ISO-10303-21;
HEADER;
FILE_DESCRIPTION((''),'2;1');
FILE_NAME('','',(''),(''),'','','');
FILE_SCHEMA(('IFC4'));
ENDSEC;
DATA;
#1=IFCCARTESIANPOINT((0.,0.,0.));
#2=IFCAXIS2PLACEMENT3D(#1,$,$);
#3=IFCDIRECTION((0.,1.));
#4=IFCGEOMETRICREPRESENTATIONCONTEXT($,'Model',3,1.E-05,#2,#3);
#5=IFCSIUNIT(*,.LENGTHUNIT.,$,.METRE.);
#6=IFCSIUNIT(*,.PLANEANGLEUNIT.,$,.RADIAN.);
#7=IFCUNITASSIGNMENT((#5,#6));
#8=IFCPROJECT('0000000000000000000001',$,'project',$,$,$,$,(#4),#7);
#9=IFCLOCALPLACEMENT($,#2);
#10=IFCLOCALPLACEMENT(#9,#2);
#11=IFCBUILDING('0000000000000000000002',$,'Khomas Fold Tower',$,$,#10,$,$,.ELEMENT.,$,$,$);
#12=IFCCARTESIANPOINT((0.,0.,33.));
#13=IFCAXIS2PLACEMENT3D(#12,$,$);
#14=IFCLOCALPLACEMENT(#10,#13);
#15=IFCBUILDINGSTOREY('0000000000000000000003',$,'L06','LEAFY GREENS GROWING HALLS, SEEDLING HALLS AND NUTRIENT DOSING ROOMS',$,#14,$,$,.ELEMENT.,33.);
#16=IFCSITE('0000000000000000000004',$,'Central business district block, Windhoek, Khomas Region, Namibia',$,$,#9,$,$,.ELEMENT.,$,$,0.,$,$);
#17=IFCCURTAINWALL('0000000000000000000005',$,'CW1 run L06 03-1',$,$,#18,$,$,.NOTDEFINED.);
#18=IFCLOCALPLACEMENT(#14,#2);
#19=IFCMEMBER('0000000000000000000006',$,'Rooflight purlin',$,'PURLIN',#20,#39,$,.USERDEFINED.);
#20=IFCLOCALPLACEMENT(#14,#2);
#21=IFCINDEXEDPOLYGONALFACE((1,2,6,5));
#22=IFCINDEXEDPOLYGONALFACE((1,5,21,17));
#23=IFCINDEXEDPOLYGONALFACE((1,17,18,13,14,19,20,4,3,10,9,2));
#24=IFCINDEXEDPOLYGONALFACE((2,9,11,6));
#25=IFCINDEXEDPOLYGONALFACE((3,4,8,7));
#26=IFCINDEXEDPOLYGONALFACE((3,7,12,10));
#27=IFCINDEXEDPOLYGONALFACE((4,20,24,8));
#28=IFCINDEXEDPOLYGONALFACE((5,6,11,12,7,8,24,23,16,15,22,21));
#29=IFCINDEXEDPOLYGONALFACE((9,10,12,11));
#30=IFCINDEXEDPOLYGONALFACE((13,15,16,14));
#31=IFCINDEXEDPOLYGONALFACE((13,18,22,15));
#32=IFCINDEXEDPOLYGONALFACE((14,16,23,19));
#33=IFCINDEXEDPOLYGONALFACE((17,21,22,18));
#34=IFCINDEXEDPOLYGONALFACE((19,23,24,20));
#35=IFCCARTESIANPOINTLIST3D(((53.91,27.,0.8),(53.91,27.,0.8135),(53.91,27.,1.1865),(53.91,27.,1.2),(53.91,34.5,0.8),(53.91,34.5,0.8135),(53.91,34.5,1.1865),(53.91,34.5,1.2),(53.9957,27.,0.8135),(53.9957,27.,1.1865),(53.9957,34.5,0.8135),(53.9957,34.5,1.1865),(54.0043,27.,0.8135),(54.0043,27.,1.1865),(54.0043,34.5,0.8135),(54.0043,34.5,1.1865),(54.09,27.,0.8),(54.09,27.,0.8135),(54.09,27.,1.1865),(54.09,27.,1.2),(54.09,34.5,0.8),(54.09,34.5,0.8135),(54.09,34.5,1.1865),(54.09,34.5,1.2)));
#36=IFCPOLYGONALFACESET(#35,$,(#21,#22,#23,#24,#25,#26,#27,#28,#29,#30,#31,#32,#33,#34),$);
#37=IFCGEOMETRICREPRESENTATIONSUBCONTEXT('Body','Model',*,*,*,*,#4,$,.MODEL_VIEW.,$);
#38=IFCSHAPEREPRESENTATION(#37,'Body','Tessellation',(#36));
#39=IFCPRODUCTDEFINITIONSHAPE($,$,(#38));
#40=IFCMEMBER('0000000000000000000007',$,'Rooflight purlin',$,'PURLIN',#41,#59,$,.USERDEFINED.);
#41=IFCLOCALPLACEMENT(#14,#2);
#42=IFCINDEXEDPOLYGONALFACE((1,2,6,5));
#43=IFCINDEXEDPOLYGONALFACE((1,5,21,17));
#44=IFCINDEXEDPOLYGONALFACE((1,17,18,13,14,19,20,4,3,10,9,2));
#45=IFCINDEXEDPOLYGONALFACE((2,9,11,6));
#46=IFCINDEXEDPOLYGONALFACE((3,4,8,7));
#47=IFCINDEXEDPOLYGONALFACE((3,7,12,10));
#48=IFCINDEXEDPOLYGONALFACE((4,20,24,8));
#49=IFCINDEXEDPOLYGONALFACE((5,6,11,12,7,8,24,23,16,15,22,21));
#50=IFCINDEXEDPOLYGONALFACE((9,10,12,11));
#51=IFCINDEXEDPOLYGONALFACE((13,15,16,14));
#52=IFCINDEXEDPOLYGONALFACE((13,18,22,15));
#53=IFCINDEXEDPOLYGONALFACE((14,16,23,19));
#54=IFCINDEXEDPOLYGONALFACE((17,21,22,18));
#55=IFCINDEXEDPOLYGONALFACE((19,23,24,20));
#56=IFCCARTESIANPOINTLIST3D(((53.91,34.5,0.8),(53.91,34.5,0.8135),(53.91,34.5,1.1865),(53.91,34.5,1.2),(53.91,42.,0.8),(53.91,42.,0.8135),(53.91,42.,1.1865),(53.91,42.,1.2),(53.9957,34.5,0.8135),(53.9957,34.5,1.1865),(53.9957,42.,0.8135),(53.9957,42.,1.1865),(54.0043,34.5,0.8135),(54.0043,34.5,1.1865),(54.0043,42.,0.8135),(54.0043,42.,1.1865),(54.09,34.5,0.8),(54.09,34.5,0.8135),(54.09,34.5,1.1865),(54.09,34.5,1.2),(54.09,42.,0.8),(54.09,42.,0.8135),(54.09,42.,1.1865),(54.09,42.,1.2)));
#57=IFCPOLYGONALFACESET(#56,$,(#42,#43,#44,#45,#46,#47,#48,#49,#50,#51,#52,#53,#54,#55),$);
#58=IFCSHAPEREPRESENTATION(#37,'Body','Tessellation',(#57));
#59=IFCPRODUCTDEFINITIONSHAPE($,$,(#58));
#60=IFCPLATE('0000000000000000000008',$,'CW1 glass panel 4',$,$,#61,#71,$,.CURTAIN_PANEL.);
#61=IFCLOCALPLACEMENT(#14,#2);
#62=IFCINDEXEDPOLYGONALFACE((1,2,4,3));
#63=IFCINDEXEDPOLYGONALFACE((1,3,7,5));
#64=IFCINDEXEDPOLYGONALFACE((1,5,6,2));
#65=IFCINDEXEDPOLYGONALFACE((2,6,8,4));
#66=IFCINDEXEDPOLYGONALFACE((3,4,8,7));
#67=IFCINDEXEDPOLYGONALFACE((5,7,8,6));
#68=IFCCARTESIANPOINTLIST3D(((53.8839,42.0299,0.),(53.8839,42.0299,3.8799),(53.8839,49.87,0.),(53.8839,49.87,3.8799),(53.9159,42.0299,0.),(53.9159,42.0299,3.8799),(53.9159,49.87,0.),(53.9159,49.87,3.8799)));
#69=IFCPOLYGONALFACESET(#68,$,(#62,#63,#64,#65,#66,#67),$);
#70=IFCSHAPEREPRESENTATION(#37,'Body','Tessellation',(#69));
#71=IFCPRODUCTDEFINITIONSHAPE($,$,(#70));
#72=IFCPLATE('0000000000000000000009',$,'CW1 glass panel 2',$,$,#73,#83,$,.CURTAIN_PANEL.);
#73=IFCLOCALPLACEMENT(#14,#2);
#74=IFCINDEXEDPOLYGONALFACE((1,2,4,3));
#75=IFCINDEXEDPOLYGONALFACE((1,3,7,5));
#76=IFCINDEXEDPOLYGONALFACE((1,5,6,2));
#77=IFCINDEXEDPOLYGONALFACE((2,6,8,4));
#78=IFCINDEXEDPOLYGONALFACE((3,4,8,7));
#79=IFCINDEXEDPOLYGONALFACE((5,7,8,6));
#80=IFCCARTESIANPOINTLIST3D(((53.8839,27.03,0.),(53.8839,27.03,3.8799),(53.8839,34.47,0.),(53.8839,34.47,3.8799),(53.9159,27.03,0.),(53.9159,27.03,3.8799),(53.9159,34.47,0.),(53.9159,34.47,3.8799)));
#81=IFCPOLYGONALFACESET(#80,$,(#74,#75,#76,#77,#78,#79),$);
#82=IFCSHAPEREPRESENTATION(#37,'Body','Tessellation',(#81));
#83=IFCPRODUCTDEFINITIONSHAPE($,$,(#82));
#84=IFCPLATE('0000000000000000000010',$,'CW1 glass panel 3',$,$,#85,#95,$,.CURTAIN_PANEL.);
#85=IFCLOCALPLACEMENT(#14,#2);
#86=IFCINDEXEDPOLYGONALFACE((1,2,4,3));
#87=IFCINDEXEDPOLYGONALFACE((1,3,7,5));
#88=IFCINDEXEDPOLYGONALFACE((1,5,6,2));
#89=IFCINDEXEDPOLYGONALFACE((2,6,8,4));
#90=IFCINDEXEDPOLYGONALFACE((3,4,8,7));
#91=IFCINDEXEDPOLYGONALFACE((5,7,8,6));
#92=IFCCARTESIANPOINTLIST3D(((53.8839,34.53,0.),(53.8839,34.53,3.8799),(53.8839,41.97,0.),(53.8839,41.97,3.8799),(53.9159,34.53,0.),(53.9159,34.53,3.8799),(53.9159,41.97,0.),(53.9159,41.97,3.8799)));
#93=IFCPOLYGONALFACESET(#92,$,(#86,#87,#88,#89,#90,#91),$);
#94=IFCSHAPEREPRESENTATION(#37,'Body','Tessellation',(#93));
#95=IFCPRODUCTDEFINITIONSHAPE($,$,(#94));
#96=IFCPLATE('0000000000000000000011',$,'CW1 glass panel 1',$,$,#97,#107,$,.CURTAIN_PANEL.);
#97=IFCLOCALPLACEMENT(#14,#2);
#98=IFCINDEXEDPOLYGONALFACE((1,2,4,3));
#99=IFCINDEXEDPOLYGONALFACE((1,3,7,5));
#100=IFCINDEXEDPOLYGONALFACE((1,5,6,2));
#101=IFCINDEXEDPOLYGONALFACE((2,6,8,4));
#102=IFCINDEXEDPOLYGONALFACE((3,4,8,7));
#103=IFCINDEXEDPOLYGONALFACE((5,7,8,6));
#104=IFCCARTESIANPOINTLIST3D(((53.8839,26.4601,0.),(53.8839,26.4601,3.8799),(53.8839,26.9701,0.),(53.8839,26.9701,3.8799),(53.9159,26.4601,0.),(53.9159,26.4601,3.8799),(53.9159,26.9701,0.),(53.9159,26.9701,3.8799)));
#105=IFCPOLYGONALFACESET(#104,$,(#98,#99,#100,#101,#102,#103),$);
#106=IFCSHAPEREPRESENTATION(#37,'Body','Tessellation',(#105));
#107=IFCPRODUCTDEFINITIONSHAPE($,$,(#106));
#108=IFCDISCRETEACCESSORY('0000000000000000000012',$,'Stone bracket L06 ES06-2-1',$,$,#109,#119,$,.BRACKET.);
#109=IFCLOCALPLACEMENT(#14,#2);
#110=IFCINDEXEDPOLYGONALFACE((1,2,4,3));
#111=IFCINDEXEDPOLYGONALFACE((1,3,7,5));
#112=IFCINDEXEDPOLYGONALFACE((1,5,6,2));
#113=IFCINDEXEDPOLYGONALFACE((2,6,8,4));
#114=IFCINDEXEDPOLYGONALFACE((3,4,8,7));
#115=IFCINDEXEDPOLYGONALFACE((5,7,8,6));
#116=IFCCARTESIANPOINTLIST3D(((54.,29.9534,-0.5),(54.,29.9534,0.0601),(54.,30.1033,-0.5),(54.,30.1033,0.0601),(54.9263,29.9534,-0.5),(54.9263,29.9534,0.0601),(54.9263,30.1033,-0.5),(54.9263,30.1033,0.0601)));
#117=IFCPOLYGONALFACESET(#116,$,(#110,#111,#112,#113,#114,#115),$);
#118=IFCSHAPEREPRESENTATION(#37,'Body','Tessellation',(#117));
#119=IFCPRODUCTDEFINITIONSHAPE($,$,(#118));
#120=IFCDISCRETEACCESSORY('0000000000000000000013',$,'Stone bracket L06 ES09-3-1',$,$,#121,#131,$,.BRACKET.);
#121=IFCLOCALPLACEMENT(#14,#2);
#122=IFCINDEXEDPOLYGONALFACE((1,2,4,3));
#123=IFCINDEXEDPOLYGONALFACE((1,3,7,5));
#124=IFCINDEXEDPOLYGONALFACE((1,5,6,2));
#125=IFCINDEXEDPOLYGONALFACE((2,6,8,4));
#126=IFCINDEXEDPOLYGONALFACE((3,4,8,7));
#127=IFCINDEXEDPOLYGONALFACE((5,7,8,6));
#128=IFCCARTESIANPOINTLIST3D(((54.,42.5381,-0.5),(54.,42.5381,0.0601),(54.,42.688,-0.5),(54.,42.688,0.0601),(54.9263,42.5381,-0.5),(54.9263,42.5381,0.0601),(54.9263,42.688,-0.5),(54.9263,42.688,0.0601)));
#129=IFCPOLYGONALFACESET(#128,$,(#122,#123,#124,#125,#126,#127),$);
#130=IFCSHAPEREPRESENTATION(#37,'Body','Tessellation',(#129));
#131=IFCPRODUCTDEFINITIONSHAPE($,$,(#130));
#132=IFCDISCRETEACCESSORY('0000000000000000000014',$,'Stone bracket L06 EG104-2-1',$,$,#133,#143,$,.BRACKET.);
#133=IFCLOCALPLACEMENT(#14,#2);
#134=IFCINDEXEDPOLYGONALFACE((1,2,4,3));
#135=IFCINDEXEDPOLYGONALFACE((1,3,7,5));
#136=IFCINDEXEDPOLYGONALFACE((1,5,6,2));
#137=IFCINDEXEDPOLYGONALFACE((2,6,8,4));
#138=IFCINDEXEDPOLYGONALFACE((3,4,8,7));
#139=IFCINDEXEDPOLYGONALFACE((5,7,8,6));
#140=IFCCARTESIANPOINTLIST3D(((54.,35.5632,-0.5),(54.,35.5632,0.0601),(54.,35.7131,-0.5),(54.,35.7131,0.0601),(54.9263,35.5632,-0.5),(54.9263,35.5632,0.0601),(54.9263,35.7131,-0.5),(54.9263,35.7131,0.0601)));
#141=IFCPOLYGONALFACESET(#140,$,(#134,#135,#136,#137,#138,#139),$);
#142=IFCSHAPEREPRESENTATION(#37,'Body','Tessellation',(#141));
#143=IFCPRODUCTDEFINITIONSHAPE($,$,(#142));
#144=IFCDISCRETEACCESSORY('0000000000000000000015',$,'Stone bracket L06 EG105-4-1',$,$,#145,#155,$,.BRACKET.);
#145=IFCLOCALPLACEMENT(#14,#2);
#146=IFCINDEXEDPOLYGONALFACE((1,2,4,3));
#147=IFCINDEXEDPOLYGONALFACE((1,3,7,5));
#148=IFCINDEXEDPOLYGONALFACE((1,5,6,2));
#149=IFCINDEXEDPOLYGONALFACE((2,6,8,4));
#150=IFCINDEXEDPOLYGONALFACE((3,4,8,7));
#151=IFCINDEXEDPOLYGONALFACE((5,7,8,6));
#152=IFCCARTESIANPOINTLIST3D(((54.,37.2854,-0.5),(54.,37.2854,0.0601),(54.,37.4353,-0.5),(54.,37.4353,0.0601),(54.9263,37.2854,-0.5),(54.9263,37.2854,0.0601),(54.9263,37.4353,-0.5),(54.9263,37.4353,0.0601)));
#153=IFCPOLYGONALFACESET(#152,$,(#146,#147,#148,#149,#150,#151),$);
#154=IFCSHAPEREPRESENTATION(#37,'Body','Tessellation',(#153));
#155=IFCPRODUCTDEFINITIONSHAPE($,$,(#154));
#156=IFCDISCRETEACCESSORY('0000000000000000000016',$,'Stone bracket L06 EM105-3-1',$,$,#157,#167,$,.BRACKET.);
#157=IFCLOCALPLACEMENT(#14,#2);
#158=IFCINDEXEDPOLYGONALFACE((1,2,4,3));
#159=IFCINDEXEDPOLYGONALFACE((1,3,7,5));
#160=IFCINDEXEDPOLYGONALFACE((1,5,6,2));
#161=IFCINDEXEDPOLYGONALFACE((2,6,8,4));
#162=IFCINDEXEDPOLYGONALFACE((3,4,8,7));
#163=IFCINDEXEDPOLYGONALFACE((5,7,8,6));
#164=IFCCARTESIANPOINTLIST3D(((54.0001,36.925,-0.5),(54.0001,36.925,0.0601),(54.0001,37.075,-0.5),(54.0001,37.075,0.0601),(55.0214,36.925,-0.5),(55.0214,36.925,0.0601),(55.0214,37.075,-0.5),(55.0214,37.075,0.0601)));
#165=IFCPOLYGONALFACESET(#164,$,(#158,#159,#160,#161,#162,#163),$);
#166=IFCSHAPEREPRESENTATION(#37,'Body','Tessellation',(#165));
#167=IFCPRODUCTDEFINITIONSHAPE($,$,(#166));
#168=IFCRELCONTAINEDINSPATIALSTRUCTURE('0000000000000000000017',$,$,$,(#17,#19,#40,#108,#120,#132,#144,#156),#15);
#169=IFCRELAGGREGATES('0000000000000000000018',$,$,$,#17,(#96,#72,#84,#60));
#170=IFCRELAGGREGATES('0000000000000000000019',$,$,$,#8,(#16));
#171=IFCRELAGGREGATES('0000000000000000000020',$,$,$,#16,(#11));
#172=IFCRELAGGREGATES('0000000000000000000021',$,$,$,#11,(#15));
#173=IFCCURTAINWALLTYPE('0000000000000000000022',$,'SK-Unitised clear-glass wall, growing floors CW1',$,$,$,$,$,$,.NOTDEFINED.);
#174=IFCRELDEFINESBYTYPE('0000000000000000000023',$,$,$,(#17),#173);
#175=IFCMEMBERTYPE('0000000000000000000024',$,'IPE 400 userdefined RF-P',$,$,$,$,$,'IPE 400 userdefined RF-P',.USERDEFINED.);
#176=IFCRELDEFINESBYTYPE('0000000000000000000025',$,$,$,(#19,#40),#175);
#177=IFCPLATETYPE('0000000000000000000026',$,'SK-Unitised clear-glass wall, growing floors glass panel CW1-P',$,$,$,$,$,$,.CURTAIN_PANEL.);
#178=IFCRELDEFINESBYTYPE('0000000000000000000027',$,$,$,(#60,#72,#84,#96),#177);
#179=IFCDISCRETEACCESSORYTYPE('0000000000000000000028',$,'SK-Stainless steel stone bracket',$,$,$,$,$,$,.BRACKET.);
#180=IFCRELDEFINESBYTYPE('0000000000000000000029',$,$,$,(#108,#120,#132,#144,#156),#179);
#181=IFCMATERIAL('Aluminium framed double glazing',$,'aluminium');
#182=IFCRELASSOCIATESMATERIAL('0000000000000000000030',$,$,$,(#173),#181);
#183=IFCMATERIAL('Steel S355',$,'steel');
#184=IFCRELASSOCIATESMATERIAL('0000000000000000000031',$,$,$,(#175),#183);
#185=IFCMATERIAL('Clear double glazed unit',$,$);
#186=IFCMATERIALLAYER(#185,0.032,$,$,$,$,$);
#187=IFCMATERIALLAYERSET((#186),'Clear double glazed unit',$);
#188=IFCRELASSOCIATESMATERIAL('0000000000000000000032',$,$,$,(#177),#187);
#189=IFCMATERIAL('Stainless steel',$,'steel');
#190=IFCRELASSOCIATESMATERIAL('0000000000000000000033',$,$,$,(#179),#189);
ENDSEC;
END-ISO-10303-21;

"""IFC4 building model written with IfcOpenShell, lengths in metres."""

from ifc_helpers import new_model, si_unit, direction, frame, origin, origin_2d, place, context, subcontext, project, spatial, rectangle, i_section, extrude, source, transform, mapped, material, layer, layer_set, material_profile, profile_set, type_object, element, aggregate, save


model = new_model("IFC4")

# Units and contexts
model_context = context("Model", 3, precision=1e-05, world=origin(), true_north=direction((0.0, 1.0)))
body_context = subcontext(model_context, "Body", "Model", "MODEL_VIEW")
ifc_project = project(units=[si_unit("LENGTHUNIT", "METRE"), si_unit("PLANEANGLEUNIT", "RADIAN")], contexts=[model_context])

# Site, building, storey
site_placement = place(None, origin())
site = spatial("IfcSite", under=ifc_project, at=site_placement, Name="Central business district block, Windhoek, Khomas Region, Namibia", CompositionType="ELEMENT", RefElevation=0.0)
building_placement = place(site_placement, origin())
building = spatial("IfcBuilding", under=site, at=building_placement, Name="Khomas Fold Tower", CompositionType="ELEMENT")
storey_placement = place(building_placement, frame((0.0, 0.0, 33.0)))
storey = spatial("IfcBuildingStorey", under=building, at=storey_placement, Name="L06", Description="LEAFY GREENS GROWING HALLS, SEEDLING HALLS AND NUTRIENT DOSING ROOMS", CompositionType="ELEMENT", Elevation=33.0)

# Curtain wall
ifc_material_1 = material(Name="Aluminium framed double glazing", Category="aluminium")
curtain_wall_type = type_object("IfcCurtainWallType", Name="SK-Unitised clear-glass wall, growing floors CW1", PredefinedType="NOTDEFINED", material=ifc_material_1)
curtain_wall_placement = place(storey_placement, origin())
curtain_wall = element("IfcCurtainWall", 1, at=curtain_wall_placement, inside=storey, type_object=curtain_wall_type, Name="CW1 run L06 03-1", PredefinedType="NOTDEFINED")

# Members
ifc_material_2 = material(Name="Steel S355", Category="steel")
ifc_material_profile_1 = material_profile(ifc_material_2, i_section(OverallWidth=0.1799, OverallDepth=0.3999, WebThickness=0.0085, FlangeThickness=0.0134, at=origin_2d()), Name="IPE 400")
ifc_profile_set_1 = profile_set([ifc_material_profile_1], Name="Steel S355")
member_type_1 = type_object("IfcMemberType", Name="IPE 400 userdefined RF-P", ElementType="IPE 400 userdefined RF-P", PredefinedType="USERDEFINED", material=ifc_profile_set_1)
shared_shape_1 = source(origin(), body_context, "Body", "SweptSolid", [
    extrude(i_section(OverallWidth=0.1799, OverallDepth=0.3999, WebThickness=0.0085, FlangeThickness=0.0134, at=origin_2d()), origin(), (0.0, 0.0, 1.0), 7.5),
])
for number, where, z_axis, x_axis, name in (
    (2, (54.0, 27.0, 1.0), (0.0, 1.0, 0.0), (-1.0, 0.0, 0.0), "Rooflight purlin"),
    (3, (54.0, 34.5, 1.0), (0.0, 1.0, 0.0), (-1.0, 0.0, 0.0), "Rooflight purlin"),
):
    element("IfcMember", number, at=place(storey_placement, frame(where, z_axis=z_axis, x_axis=x_axis)), inside=storey, type_object=member_type_1, Name=name, ObjectType="PURLIN", PredefinedType="USERDEFINED", context=body_context, shape_type="MappedRepresentation", body=[
        mapped(shared_shape_1, transform((0.0, 0.0, 0.0))),
    ])

# Plates
ifc_material_3 = material(Name="Clear double glazed unit")
ifc_layer = layer(ifc_material_3, 0.032)
ifc_layer_set = layer_set([ifc_layer], Name="Clear double glazed unit")
plate_type = type_object("IfcPlateType", Name="SK-Unitised clear-glass wall, growing floors glass panel CW1-P", PredefinedType="CURTAIN_PANEL", material=ifc_layer_set)
shared_shape_2 = source(origin(), body_context, "Body", "SweptSolid", [
    extrude(rectangle(XDim=7.8401, YDim=0.032, at=origin_2d()), origin(), (0.0, 0.0, 1.0), 3.8799),
])
plate_1_placement = place(storey_placement, frame((53.8999, 45.95, 0.0), z_axis=(0.0, 0.0, 1.0), x_axis=(0.0, 1.0, 0.0)))
plate_1 = element("IfcPlate", 4, at=plate_1_placement, type_object=plate_type, Name="CW1 glass panel 4", PredefinedType="CURTAIN_PANEL", context=body_context, shape_type="MappedRepresentation", body=[
    mapped(shared_shape_2, transform((0.0, 0.0, 0.0))),
])
shared_shape_3 = source(origin(), body_context, "Body", "SweptSolid", [
    extrude(rectangle(XDim=7.4399, YDim=0.032, at=origin_2d()), origin(), (0.0, 0.0, 1.0), 3.8799),
])
plate_2_placement = place(storey_placement, frame((53.8999, 30.75, 0.0), z_axis=(0.0, 0.0, 1.0), x_axis=(0.0, 1.0, 0.0)))
plate_2 = element("IfcPlate", 5, at=plate_2_placement, type_object=plate_type, Name="CW1 glass panel 2", PredefinedType="CURTAIN_PANEL", context=body_context, shape_type="MappedRepresentation", body=[
    mapped(shared_shape_3, transform((0.0, 0.0, 0.0))),
])
plate_3_placement = place(storey_placement, frame((53.8999, 38.25, 0.0), z_axis=(0.0, 0.0, 1.0), x_axis=(0.0, 1.0, 0.0)))
plate_3 = element("IfcPlate", 6, at=plate_3_placement, type_object=plate_type, Name="CW1 glass panel 3", PredefinedType="CURTAIN_PANEL", context=body_context, shape_type="MappedRepresentation", body=[
    mapped(shared_shape_3, transform((0.0, 0.0, 0.0))),
])
shared_shape_4 = source(origin(), body_context, "Body", "SweptSolid", [
    extrude(rectangle(XDim=0.51, YDim=0.032, at=origin_2d()), origin(), (0.0, 0.0, 1.0), 3.8799),
])
plate_4_placement = place(storey_placement, frame((53.8999, 26.7151, 0.0), z_axis=(0.0, 0.0, 1.0), x_axis=(0.0, 1.0, 0.0)))
plate_4 = element("IfcPlate", 7, at=plate_4_placement, type_object=plate_type, Name="CW1 glass panel 1", PredefinedType="CURTAIN_PANEL", context=body_context, shape_type="MappedRepresentation", body=[
    mapped(shared_shape_4, transform((0.0, 0.0, 0.0))),
])
aggregate(curtain_wall, [plate_4, plate_2, plate_3, plate_1])

# Discrete accessories
ifc_material_4 = material(Name="Stainless steel", Category="steel")
discrete_accessory_type = type_object("IfcDiscreteAccessoryType", Name="SK-Stainless steel stone bracket", PredefinedType="BRACKET", material=ifc_material_4)
shared_shape_5 = source(origin(), body_context, "Body", "SweptSolid", [
    extrude(rectangle(XDim=0.9263, YDim=0.1499, at=origin_2d()), origin(), (0.0, 0.0, 1.0), 0.5601),
])
for number, where, z_axis, x_axis, name in (
    (8, (54.4631, 30.0283, -0.5), (0.0, 0.0, 1.0), (1.0, 0.0, 0.0), "Stone bracket L06 ES06-2-1"),
    (9, (54.4631, 42.613, -0.5), (0.0, 0.0, 1.0), (1.0, 0.0, 0.0), "Stone bracket L06 ES09-3-1"),
    (10, (54.4631, 35.6382, -0.5), (0.0, 0.0, 1.0), (1.0, 0.0, 0.0), "Stone bracket L06 EG104-2-1"),
    (11, (54.4631, 37.3604, -0.5), (0.0, 0.0, 1.0), (1.0, 0.0, 0.0), "Stone bracket L06 EG105-4-1"),
):
    element("IfcDiscreteAccessory", number, at=place(storey_placement, frame(where, z_axis=z_axis, x_axis=x_axis)), inside=storey, type_object=discrete_accessory_type, Name=name, PredefinedType="BRACKET", context=body_context, shape_type="MappedRepresentation", body=[
        mapped(shared_shape_5, transform((0.0, 0.0, 0.0))),
    ])
shared_shape_6 = source(origin(), body_context, "Body", "SweptSolid", [
    extrude(rectangle(XDim=1.0212, YDim=0.1499, at=origin_2d()), origin(), (0.0, 0.0, 1.0), 0.5601),
])
discrete_accessory_placement = place(storey_placement, frame((54.5107, 37.0, -0.5), z_axis=(0.0, 0.0, 1.0), x_axis=(1.0, 0.0, 0.0)))
element("IfcDiscreteAccessory", 12, at=discrete_accessory_placement, inside=storey, type_object=discrete_accessory_type, Name="Stone bracket L06 EM105-3-1", PredefinedType="BRACKET", context=body_context, shape_type="MappedRepresentation", body=[
    mapped(shared_shape_6, transform((0.0, 0.0, 0.0))),
])

save(model, "model.ifc")
